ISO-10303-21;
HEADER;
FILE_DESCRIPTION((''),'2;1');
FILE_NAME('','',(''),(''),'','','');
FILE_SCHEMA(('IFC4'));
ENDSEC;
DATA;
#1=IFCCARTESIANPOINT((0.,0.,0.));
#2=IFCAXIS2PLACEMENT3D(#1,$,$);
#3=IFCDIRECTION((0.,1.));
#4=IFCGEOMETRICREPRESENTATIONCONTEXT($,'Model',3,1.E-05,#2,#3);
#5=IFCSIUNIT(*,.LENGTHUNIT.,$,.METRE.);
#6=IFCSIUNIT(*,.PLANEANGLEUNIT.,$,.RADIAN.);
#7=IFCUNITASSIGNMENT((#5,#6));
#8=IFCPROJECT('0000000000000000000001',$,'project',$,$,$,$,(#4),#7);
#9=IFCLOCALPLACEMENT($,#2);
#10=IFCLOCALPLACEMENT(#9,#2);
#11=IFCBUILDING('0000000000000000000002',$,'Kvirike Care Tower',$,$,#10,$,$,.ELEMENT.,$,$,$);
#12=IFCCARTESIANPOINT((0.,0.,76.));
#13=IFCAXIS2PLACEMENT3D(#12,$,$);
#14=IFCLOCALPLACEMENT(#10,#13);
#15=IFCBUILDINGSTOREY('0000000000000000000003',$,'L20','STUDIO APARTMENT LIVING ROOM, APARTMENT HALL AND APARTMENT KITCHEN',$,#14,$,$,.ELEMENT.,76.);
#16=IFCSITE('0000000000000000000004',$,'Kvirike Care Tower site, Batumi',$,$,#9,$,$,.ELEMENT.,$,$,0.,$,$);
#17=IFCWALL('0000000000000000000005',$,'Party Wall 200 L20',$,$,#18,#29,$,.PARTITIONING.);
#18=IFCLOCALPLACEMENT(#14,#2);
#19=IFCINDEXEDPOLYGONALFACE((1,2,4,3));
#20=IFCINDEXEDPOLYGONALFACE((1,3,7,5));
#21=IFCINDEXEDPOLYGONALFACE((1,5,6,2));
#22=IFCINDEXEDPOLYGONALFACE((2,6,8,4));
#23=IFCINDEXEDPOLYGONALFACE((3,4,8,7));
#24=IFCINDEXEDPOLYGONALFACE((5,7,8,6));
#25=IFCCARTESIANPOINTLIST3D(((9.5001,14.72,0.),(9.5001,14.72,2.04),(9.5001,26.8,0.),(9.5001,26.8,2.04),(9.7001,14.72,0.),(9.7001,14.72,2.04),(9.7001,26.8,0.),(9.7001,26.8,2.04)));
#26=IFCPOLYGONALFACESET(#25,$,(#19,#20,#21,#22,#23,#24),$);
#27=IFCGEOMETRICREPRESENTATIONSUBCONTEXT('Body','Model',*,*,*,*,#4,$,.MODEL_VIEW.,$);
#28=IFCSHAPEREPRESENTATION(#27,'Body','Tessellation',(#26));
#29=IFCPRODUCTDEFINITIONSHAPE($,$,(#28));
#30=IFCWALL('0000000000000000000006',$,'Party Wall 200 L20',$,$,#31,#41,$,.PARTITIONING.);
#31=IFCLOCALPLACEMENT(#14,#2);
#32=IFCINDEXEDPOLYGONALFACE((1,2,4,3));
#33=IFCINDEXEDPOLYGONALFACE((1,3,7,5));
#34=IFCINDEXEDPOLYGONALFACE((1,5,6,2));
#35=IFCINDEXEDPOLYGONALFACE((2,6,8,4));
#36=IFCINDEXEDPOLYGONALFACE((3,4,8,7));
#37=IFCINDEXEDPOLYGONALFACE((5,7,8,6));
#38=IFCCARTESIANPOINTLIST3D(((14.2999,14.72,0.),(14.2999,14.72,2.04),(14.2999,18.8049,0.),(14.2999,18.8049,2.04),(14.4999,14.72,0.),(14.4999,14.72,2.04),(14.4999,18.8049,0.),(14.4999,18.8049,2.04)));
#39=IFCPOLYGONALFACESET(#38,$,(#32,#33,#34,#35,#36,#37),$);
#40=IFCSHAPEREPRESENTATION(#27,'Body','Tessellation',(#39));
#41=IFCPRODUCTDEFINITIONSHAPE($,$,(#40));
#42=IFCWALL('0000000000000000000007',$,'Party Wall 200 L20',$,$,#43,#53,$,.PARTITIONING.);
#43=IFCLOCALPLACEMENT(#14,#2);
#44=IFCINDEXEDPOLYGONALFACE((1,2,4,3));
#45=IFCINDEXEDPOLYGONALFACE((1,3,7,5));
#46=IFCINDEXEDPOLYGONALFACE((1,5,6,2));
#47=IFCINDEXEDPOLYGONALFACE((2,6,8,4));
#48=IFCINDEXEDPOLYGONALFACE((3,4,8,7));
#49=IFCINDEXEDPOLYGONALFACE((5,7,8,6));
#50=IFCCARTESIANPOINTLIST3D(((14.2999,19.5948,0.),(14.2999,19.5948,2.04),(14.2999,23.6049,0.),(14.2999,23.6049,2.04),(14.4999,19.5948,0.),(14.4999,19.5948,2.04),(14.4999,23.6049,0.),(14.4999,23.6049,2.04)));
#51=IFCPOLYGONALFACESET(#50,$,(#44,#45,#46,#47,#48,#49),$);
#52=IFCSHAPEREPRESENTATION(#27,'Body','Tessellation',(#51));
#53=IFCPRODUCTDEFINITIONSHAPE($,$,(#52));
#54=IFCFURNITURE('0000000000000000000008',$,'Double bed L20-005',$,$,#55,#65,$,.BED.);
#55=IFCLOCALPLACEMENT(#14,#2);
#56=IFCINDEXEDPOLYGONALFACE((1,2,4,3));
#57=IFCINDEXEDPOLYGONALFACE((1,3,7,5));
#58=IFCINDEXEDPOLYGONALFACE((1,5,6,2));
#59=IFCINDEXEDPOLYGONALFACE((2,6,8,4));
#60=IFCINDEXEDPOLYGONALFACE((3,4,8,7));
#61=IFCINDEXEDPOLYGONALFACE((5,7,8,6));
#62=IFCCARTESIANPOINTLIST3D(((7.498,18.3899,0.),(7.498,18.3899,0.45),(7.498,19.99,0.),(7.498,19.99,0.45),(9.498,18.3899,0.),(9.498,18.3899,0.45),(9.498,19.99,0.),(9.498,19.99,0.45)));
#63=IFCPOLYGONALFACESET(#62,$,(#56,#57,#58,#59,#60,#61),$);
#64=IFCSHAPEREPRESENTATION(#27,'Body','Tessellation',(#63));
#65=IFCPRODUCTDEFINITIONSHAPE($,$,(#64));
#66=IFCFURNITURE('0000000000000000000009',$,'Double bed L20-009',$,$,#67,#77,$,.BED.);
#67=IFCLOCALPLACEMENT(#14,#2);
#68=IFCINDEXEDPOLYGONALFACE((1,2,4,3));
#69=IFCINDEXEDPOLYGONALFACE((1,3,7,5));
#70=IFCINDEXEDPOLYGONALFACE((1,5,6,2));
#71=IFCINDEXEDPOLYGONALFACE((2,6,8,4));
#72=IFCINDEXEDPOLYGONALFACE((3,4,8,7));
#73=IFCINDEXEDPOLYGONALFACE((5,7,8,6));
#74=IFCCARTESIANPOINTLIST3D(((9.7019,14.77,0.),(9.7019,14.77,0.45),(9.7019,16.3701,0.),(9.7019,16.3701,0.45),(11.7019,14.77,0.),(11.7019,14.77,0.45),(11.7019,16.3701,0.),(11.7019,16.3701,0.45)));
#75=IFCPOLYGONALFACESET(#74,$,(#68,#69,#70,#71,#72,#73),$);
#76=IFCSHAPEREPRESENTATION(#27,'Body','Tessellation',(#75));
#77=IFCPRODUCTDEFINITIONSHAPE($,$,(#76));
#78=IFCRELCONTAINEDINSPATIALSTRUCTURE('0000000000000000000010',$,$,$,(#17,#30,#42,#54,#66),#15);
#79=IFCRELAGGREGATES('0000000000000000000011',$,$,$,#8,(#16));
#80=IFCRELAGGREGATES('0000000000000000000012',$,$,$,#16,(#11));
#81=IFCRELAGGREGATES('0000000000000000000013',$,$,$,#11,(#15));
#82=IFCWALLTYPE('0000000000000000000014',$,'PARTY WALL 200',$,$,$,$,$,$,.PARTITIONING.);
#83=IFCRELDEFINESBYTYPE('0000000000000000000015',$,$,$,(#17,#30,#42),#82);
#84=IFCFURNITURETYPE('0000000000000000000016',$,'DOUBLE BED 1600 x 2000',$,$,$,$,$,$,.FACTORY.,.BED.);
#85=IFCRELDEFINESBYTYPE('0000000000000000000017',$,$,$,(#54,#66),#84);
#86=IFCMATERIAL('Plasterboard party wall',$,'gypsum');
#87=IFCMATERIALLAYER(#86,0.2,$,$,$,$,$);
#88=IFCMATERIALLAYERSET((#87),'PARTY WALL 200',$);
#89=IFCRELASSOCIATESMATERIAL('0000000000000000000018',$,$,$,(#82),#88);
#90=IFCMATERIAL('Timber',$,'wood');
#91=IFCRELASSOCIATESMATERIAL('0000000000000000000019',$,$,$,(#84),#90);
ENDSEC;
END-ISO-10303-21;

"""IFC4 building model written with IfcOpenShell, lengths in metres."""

from ifc_helpers import new_model, si_unit, direction, frame, frame_2d, origin, origin_2d, place, context, subcontext, project, spatial, rectangle, extrude, material, layer, layer_set, type_object, element, save


model = new_model("IFC4")

# Units and contexts
model_context = context("Model", 3, precision=1e-05, world=origin(), true_north=direction((0.0, 1.0)))
body_context = subcontext(model_context, "Body", "Model", "MODEL_VIEW")
ifc_project = project(units=[si_unit("LENGTHUNIT", "METRE"), si_unit("PLANEANGLEUNIT", "RADIAN")], contexts=[model_context])

# Site, building, storey
site_placement = place(None, origin())
site = spatial("IfcSite", under=ifc_project, at=site_placement, Name="Kvirike Care Tower site, Batumi", CompositionType="ELEMENT", RefElevation=0.0)
building_placement = place(site_placement, origin())
building = spatial("IfcBuilding", under=site, at=building_placement, Name="Kvirike Care Tower", CompositionType="ELEMENT")
storey_placement = place(building_placement, frame((0.0, 0.0, 76.0)))
storey = spatial("IfcBuildingStorey", under=building, at=storey_placement, Name="L20", Description="STUDIO APARTMENT LIVING ROOM, APARTMENT HALL AND APARTMENT KITCHEN", CompositionType="ELEMENT", Elevation=76.0)

# Walls
ifc_material_1 = material(Name="Plasterboard party wall", Category="gypsum")
ifc_layer_1 = layer(ifc_material_1, 0.2)
ifc_layer_set_1 = layer_set([ifc_layer_1], Name="PARTY WALL 200")
wall_type = type_object("IfcWallType", Name="PARTY WALL 200", PredefinedType="PARTITIONING", material=ifc_layer_set_1)
wall_1_placement = place(storey_placement, frame((9.6001, 14.72, 0.0), z_axis=(0.0, 0.0, 1.0), x_axis=(0.0, 1.0, 0.0)))
element("IfcWall", 1, at=wall_1_placement, inside=storey, type_object=wall_type, Name="Party Wall 200 L20", PredefinedType="PARTITIONING", context=body_context, shape_type="SweptSolid", body=[
    extrude(rectangle(XDim=12.0801, YDim=0.2, at=frame_2d((6.04, 0.0))), origin(), (0.0, 0.0, 1.0), 2.04),
])
wall_2_placement = place(storey_placement, frame((14.3999, 14.72, 0.0), z_axis=(0.0, 0.0, 1.0), x_axis=(0.0, 1.0, 0.0)))
element("IfcWall", 2, at=wall_2_placement, inside=storey, type_object=wall_type, Name="Party Wall 200 L20", PredefinedType="PARTITIONING", context=body_context, shape_type="SweptSolid", body=[
    extrude(rectangle(XDim=4.085, YDim=0.2, at=frame_2d((2.0425, 0.0))), origin(), (0.0, 0.0, 1.0), 2.04),
])
wall_3_placement = place(storey_placement, frame((14.3999, 19.595, 0.0), z_axis=(0.0, 0.0, 1.0), x_axis=(0.0, 1.0, 0.0)))
element("IfcWall", 3, at=wall_3_placement, inside=storey, type_object=wall_type, Name="Party Wall 200 L20", PredefinedType="PARTITIONING", context=body_context, shape_type="SweptSolid", body=[
    extrude(rectangle(XDim=4.01, YDim=0.2, at=frame_2d((2.0049, 0.0))), origin(), (0.0, 0.0, 1.0), 2.04),
])

# Furniture
ifc_material_2 = material(Name="Timber", Category="wood")
furniture_type = type_object("IfcFurnitureType", Name="DOUBLE BED 1600 x 2000", AssemblyPlace="FACTORY", PredefinedType="BED", material=ifc_material_2)
for number, where, z_axis, x_axis, name in (
    (4, (8.498, 19.1899, 0.0), (0.0, 0.0, 1.0), (0.0, -1.0, 0.0), "Double bed L20-005"),
    (5, (10.7019, 15.5701, 0.0), (0.0, 0.0, 1.0), (0.0, 1.0, 0.0), "Double bed L20-009"),
):
    element("IfcFurniture", number, at=place(storey_placement, frame(where, z_axis=z_axis, x_axis=x_axis)), inside=storey, type_object=furniture_type, Name=name, PredefinedType="BED", context=body_context, shape_type="SweptSolid", body=[
        extrude(rectangle(XDim=1.6001, YDim=2.0, at=origin_2d()), origin(), (0.0, 0.0, 1.0), 0.45),
    ])

save(model, "model.ifc")
